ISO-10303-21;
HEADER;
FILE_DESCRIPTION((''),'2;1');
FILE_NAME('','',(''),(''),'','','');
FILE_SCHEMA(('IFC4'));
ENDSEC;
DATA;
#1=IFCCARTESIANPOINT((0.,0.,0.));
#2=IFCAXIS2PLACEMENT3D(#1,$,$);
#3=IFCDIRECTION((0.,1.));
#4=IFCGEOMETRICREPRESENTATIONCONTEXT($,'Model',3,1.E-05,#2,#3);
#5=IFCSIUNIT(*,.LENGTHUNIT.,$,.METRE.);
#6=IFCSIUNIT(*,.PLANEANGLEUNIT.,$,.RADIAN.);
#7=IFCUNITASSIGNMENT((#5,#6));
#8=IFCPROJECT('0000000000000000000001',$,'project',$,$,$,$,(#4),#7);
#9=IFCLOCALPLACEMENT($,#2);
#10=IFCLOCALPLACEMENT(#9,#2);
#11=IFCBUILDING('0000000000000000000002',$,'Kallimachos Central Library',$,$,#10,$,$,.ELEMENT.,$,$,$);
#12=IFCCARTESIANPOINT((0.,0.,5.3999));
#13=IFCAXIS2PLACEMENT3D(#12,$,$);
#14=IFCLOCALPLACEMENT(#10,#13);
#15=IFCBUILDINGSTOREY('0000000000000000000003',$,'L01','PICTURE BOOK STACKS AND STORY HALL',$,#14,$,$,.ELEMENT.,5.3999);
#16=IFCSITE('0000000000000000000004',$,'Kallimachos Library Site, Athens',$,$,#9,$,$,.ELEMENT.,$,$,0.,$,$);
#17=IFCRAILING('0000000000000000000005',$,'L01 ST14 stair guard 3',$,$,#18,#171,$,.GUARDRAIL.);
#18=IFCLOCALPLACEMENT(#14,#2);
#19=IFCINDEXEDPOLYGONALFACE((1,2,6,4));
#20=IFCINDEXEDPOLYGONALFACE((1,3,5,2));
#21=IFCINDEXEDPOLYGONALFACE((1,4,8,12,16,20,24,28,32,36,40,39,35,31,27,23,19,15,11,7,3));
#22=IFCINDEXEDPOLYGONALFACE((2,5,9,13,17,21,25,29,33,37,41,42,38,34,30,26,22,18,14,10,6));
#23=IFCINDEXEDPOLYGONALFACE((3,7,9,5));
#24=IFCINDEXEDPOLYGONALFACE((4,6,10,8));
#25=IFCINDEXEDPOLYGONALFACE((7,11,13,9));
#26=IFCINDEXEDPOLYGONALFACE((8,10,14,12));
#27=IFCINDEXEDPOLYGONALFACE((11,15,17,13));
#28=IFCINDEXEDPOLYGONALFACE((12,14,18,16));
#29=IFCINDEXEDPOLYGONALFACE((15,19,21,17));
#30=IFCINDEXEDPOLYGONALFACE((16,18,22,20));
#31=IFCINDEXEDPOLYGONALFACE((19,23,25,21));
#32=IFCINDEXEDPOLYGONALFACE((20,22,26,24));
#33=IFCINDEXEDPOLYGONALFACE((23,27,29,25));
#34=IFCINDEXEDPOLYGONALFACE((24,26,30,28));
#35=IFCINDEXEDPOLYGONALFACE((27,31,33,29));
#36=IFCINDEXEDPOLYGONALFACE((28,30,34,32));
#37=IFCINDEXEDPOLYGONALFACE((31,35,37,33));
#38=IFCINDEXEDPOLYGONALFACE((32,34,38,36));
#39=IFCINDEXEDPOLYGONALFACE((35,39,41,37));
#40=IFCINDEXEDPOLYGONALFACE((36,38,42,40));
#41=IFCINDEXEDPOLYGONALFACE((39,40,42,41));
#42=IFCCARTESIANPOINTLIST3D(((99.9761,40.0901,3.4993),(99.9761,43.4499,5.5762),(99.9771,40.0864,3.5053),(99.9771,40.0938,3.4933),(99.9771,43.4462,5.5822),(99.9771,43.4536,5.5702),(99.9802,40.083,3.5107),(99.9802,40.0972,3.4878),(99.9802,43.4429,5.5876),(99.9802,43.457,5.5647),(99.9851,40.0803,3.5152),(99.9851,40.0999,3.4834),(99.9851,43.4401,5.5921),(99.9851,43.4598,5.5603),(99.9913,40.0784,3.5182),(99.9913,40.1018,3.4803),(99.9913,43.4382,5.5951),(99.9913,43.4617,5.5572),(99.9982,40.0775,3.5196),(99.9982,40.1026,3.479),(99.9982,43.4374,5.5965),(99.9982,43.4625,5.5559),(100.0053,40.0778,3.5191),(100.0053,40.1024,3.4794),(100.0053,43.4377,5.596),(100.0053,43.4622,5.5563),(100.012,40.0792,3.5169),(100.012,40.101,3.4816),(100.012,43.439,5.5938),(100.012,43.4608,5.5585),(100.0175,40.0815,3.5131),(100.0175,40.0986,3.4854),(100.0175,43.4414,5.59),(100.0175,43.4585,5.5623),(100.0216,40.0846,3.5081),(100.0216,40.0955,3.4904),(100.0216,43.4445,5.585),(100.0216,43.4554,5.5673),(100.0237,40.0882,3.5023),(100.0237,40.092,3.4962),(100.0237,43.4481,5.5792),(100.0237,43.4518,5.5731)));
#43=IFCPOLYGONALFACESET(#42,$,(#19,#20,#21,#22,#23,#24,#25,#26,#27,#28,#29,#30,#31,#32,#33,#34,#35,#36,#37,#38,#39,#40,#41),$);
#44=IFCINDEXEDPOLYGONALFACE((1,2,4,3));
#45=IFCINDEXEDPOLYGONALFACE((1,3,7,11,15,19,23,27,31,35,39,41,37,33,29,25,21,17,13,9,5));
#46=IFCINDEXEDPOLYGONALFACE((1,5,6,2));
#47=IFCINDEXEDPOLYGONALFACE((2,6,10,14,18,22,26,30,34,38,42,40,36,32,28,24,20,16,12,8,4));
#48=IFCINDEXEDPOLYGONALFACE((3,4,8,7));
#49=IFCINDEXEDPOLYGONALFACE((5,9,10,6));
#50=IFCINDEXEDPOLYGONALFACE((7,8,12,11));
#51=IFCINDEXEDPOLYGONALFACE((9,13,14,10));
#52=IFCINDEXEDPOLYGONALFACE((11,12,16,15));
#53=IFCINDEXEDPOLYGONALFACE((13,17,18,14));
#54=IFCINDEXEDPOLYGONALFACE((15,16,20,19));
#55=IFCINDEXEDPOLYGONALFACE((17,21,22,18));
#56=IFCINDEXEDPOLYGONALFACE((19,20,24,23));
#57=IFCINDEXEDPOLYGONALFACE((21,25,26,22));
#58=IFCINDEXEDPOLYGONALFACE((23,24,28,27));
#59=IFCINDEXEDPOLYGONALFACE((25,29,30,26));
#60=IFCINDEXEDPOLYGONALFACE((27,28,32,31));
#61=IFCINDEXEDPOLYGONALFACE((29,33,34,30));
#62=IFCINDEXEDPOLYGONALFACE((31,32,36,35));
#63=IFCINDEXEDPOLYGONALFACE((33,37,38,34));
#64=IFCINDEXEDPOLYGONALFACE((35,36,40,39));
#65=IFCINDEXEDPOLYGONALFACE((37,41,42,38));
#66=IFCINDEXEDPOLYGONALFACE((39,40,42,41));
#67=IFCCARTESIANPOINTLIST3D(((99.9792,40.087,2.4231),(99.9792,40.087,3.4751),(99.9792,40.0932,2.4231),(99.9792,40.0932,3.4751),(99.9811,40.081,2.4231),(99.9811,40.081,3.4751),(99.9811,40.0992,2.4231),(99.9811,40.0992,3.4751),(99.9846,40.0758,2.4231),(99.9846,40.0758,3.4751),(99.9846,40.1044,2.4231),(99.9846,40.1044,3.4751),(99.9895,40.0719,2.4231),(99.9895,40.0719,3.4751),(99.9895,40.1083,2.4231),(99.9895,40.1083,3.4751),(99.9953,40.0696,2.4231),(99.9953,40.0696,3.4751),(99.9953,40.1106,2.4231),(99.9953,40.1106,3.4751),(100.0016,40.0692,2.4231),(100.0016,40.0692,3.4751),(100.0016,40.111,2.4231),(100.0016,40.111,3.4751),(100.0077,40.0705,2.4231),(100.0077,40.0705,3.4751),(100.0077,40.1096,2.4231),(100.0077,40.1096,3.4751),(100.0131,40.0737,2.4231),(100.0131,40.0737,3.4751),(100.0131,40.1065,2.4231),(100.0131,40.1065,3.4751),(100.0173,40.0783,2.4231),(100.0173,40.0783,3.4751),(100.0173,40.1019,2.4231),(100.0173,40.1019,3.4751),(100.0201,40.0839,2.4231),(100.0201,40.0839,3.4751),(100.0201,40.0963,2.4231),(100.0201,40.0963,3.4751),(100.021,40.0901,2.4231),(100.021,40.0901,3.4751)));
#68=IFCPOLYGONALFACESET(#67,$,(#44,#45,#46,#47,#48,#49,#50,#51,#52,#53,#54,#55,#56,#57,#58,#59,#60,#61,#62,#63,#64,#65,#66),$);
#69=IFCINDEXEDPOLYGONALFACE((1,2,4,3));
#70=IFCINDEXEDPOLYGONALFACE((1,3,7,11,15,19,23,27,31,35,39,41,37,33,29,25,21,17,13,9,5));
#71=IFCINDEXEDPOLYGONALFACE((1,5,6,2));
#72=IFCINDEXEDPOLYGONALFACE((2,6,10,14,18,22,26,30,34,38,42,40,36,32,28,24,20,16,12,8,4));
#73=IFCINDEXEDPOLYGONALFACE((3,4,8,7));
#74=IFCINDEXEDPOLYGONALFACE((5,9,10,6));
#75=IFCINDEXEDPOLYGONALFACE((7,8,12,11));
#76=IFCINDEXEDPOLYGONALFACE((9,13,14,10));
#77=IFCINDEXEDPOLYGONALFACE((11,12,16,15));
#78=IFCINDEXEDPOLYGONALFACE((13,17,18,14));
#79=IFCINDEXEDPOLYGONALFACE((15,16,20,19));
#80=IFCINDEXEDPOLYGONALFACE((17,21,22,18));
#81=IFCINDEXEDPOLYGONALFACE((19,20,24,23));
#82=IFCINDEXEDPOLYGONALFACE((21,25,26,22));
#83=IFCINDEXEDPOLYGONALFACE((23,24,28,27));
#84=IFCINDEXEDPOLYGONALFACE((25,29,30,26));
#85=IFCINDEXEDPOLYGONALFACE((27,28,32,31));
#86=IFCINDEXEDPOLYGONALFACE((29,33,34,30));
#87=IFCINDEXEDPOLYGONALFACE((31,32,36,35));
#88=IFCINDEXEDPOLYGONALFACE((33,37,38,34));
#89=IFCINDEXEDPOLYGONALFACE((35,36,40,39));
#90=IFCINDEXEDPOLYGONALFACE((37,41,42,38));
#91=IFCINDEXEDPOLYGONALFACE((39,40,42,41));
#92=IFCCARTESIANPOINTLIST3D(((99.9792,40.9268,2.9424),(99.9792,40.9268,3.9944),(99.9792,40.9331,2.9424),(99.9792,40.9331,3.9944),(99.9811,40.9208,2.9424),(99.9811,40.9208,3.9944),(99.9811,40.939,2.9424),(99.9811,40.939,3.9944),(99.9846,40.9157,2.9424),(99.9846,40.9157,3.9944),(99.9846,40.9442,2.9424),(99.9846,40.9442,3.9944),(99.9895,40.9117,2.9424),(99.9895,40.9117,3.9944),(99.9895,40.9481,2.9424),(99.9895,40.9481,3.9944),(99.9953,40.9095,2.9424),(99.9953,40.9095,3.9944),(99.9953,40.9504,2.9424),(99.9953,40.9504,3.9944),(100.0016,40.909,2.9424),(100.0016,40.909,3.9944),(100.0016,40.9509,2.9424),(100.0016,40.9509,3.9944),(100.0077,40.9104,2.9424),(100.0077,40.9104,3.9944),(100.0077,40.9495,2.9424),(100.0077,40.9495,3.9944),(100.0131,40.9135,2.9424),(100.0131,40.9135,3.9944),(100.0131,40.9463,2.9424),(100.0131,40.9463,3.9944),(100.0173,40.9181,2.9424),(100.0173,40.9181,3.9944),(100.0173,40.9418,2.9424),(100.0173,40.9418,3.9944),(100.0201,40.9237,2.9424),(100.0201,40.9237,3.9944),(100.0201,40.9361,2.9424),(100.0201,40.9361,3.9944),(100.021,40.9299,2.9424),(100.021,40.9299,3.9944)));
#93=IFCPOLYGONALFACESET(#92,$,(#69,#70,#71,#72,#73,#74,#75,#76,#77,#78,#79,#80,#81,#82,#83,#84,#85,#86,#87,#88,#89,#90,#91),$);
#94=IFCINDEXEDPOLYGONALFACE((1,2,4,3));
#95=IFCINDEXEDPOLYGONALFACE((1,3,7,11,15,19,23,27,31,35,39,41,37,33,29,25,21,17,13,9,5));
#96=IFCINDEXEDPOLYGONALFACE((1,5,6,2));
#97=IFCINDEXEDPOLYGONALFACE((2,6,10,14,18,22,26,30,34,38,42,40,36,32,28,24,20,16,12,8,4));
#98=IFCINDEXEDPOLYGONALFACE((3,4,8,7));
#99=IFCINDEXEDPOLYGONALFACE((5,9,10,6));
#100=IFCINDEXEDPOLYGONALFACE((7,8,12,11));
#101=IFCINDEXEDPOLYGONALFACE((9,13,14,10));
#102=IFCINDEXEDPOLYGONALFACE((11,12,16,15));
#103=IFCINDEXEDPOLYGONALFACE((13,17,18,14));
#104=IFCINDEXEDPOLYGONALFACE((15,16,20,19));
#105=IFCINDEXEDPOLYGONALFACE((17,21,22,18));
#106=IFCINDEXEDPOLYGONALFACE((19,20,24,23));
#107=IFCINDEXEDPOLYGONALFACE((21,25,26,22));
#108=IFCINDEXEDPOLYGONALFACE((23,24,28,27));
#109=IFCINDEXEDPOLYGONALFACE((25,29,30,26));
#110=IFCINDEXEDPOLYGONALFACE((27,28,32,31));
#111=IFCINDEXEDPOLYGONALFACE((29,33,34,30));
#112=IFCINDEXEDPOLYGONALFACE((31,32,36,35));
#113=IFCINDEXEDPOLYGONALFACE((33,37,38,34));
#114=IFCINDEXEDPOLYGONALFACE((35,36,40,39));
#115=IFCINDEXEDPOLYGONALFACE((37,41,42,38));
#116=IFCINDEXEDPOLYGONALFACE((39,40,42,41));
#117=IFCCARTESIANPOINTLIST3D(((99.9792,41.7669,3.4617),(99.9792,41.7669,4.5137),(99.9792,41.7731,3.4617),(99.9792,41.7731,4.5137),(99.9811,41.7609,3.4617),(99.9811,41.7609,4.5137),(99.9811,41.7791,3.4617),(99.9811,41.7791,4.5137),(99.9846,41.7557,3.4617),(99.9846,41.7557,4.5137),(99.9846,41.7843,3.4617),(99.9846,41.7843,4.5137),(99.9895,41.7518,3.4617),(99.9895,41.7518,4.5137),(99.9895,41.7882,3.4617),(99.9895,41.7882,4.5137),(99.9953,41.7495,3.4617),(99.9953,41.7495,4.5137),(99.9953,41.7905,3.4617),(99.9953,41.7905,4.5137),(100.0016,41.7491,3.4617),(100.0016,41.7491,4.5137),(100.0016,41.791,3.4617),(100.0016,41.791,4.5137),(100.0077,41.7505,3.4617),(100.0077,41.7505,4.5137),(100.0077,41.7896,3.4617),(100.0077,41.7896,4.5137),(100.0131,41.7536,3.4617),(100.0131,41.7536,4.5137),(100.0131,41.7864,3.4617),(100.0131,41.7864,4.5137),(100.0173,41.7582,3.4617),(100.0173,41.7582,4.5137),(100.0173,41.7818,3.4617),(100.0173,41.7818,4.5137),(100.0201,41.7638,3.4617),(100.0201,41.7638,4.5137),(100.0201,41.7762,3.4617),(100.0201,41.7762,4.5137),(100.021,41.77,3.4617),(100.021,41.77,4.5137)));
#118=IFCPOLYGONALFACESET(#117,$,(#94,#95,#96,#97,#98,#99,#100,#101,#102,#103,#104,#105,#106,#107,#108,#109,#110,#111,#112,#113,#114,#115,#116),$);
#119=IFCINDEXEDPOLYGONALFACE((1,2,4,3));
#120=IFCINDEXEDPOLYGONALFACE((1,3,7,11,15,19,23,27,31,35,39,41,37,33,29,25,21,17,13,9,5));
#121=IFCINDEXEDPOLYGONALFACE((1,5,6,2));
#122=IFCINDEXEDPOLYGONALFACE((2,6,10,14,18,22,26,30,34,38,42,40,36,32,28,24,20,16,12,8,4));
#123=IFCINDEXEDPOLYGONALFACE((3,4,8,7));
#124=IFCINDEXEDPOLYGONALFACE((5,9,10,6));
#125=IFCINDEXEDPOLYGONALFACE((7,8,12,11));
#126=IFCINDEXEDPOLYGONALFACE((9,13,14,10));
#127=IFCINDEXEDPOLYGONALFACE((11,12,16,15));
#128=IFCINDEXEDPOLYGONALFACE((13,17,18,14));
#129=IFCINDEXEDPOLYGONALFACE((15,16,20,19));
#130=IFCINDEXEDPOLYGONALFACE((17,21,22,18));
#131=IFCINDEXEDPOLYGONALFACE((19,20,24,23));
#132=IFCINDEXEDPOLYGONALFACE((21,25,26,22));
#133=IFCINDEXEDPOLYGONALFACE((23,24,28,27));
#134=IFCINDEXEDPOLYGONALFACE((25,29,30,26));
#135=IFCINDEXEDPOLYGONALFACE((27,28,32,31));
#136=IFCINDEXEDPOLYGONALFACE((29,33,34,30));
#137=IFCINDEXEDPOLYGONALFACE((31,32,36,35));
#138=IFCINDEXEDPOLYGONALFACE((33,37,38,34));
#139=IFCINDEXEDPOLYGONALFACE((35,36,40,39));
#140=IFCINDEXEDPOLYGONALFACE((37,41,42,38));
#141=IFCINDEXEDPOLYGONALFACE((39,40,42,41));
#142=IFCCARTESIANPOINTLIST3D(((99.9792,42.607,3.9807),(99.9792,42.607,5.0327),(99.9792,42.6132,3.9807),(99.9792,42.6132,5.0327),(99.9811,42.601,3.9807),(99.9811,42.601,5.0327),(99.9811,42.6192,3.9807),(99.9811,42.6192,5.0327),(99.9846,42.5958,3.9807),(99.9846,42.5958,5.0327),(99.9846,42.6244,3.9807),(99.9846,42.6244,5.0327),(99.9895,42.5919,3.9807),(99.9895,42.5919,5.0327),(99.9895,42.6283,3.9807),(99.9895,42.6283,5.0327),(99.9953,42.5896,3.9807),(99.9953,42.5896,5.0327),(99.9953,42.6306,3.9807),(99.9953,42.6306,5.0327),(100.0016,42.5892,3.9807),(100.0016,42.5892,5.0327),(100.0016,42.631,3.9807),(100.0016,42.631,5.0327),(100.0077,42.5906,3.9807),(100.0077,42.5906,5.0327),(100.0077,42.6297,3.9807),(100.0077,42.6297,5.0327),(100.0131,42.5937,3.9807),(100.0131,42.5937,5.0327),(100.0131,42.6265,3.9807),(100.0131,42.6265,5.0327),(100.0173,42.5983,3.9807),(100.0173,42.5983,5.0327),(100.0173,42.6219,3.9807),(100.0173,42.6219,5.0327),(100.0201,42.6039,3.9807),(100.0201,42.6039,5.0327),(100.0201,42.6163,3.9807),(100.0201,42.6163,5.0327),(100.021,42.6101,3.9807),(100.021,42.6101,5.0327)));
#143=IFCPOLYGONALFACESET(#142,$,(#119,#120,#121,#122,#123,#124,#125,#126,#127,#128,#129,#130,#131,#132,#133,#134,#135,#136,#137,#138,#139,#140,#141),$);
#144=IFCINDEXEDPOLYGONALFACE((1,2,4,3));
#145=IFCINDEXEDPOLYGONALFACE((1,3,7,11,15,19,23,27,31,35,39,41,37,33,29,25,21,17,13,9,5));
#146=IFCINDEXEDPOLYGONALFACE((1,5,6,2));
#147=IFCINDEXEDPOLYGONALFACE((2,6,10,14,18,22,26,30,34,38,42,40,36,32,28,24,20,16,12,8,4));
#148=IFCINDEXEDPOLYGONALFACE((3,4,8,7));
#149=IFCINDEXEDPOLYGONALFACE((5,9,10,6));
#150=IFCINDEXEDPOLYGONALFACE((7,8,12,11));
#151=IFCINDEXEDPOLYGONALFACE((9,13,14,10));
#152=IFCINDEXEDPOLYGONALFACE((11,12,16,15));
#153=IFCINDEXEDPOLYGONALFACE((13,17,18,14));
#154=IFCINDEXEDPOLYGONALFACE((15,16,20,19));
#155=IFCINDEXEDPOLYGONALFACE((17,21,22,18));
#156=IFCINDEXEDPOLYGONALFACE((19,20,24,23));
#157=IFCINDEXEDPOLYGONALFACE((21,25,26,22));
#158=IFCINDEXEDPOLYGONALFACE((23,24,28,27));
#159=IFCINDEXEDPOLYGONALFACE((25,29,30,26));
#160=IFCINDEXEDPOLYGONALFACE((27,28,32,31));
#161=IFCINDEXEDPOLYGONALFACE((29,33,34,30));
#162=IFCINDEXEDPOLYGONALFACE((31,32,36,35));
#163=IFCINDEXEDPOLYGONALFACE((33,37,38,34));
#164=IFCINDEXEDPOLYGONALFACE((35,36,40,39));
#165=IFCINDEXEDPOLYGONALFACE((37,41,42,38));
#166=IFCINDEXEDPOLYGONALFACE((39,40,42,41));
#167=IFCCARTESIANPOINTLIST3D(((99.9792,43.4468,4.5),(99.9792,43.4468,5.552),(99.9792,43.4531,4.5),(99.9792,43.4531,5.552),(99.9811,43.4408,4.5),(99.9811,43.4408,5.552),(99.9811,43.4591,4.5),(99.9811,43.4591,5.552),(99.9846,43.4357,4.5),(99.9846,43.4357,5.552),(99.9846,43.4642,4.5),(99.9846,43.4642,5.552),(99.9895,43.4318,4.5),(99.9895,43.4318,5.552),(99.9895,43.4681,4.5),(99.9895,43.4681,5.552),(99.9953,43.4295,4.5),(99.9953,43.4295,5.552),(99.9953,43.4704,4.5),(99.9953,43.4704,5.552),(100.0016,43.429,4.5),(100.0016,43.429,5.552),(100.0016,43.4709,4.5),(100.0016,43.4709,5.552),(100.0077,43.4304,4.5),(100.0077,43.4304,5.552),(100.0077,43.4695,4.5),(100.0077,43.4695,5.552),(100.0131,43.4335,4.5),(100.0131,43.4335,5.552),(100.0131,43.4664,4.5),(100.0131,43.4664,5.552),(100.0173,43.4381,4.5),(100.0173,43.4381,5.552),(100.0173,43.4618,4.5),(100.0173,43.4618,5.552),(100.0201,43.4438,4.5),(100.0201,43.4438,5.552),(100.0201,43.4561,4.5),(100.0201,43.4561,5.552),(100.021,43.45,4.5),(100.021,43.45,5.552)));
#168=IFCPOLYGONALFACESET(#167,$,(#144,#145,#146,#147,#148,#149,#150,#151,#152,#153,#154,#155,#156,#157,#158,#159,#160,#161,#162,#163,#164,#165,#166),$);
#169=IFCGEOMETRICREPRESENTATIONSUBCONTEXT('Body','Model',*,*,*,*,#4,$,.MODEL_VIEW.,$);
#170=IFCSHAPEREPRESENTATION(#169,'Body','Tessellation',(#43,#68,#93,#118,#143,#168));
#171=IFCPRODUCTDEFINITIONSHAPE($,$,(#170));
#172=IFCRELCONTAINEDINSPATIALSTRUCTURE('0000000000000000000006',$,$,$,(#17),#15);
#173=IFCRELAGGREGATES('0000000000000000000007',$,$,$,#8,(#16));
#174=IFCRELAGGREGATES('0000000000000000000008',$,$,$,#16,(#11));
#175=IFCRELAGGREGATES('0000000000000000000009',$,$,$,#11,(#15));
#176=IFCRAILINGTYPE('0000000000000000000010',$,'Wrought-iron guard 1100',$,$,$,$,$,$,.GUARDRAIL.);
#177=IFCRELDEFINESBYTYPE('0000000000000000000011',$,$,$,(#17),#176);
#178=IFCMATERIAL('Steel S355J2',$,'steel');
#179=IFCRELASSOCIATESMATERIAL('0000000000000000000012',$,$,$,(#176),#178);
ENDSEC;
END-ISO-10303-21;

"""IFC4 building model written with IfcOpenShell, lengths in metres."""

from ifc_helpers import new_model, si_unit, direction, frame, origin, origin_2d, place, context, subcontext, project, spatial, circle, extrude, material, type_object, element, save


model = new_model("IFC4")

# Units and contexts
model_context = context("Model", 3, precision=1e-05, world=origin(), true_north=direction((0.0, 1.0)))
body_context = subcontext(model_context, "Body", "Model", "MODEL_VIEW")
ifc_project = project(units=[si_unit("LENGTHUNIT", "METRE"), si_unit("PLANEANGLEUNIT", "RADIAN")], contexts=[model_context])

# Site, building, storey
site_placement = place(None, origin())
site = spatial("IfcSite", under=ifc_project, at=site_placement, Name="Kallimachos Library Site, Athens", CompositionType="ELEMENT", RefElevation=0.0)
building_placement = place(site_placement, origin())
building = spatial("IfcBuilding", under=site, at=building_placement, Name="Kallimachos Central Library", CompositionType="ELEMENT")
storey_placement = place(building_placement, frame((0.0, 0.0, 5.3999)))
storey = spatial("IfcBuildingStorey", under=building, at=storey_placement, Name="L01", Description="PICTURE BOOK STACKS AND STORY HALL", CompositionType="ELEMENT", Elevation=5.3999)

# Railing
ifc_material_1 = material(Name="Steel S355J2", Category="steel")
railing_type_1 = type_object("IfcRailingType", Name="Wrought-iron guard 1100", PredefinedType="GUARDRAIL", material=ifc_material_1)
railing_1_placement = place(storey_placement, frame((100.0, 40.0901, 2.4231)))
element("IfcRailing", 1, at=railing_1_placement, inside=storey, type_object=railing_type_1, Name="L01 ST14 stair guard 3", PredefinedType="GUARDRAIL", context=body_context, shape_type="SweptSolid", body=[
    extrude(circle(Radius=0.0239, at=origin_2d()), frame((0.0, 0.0, 1.0762), z_axis=(0.0, 0.850606, 0.525803), x_axis=(-1.0, 0.0, 0.0)), (0.0, 0.0, 1.0), 3.95),
    extrude(circle(Radius=0.021, at=origin_2d()), origin(), (0.0, 0.0, 1.0), 1.052),
    extrude(circle(Radius=0.021, at=origin_2d()), frame((0.0, 0.8398, 0.5193)), (0.0, 0.0, 1.0), 1.052),
    extrude(circle(Radius=0.021, at=origin_2d()), frame((0.0, 1.6799, 1.0386)), (0.0, 0.0, 1.0), 1.052),
    extrude(circle(Radius=0.021, at=origin_2d()), frame((0.0, 2.52, 1.5576)), (0.0, 0.0, 1.0), 1.052),
    extrude(circle(Radius=0.021, at=origin_2d()), frame((0.0, 3.3599, 2.0769)), (0.0, 0.0, 1.0), 1.052),
])

save(model, "model.ifc")
